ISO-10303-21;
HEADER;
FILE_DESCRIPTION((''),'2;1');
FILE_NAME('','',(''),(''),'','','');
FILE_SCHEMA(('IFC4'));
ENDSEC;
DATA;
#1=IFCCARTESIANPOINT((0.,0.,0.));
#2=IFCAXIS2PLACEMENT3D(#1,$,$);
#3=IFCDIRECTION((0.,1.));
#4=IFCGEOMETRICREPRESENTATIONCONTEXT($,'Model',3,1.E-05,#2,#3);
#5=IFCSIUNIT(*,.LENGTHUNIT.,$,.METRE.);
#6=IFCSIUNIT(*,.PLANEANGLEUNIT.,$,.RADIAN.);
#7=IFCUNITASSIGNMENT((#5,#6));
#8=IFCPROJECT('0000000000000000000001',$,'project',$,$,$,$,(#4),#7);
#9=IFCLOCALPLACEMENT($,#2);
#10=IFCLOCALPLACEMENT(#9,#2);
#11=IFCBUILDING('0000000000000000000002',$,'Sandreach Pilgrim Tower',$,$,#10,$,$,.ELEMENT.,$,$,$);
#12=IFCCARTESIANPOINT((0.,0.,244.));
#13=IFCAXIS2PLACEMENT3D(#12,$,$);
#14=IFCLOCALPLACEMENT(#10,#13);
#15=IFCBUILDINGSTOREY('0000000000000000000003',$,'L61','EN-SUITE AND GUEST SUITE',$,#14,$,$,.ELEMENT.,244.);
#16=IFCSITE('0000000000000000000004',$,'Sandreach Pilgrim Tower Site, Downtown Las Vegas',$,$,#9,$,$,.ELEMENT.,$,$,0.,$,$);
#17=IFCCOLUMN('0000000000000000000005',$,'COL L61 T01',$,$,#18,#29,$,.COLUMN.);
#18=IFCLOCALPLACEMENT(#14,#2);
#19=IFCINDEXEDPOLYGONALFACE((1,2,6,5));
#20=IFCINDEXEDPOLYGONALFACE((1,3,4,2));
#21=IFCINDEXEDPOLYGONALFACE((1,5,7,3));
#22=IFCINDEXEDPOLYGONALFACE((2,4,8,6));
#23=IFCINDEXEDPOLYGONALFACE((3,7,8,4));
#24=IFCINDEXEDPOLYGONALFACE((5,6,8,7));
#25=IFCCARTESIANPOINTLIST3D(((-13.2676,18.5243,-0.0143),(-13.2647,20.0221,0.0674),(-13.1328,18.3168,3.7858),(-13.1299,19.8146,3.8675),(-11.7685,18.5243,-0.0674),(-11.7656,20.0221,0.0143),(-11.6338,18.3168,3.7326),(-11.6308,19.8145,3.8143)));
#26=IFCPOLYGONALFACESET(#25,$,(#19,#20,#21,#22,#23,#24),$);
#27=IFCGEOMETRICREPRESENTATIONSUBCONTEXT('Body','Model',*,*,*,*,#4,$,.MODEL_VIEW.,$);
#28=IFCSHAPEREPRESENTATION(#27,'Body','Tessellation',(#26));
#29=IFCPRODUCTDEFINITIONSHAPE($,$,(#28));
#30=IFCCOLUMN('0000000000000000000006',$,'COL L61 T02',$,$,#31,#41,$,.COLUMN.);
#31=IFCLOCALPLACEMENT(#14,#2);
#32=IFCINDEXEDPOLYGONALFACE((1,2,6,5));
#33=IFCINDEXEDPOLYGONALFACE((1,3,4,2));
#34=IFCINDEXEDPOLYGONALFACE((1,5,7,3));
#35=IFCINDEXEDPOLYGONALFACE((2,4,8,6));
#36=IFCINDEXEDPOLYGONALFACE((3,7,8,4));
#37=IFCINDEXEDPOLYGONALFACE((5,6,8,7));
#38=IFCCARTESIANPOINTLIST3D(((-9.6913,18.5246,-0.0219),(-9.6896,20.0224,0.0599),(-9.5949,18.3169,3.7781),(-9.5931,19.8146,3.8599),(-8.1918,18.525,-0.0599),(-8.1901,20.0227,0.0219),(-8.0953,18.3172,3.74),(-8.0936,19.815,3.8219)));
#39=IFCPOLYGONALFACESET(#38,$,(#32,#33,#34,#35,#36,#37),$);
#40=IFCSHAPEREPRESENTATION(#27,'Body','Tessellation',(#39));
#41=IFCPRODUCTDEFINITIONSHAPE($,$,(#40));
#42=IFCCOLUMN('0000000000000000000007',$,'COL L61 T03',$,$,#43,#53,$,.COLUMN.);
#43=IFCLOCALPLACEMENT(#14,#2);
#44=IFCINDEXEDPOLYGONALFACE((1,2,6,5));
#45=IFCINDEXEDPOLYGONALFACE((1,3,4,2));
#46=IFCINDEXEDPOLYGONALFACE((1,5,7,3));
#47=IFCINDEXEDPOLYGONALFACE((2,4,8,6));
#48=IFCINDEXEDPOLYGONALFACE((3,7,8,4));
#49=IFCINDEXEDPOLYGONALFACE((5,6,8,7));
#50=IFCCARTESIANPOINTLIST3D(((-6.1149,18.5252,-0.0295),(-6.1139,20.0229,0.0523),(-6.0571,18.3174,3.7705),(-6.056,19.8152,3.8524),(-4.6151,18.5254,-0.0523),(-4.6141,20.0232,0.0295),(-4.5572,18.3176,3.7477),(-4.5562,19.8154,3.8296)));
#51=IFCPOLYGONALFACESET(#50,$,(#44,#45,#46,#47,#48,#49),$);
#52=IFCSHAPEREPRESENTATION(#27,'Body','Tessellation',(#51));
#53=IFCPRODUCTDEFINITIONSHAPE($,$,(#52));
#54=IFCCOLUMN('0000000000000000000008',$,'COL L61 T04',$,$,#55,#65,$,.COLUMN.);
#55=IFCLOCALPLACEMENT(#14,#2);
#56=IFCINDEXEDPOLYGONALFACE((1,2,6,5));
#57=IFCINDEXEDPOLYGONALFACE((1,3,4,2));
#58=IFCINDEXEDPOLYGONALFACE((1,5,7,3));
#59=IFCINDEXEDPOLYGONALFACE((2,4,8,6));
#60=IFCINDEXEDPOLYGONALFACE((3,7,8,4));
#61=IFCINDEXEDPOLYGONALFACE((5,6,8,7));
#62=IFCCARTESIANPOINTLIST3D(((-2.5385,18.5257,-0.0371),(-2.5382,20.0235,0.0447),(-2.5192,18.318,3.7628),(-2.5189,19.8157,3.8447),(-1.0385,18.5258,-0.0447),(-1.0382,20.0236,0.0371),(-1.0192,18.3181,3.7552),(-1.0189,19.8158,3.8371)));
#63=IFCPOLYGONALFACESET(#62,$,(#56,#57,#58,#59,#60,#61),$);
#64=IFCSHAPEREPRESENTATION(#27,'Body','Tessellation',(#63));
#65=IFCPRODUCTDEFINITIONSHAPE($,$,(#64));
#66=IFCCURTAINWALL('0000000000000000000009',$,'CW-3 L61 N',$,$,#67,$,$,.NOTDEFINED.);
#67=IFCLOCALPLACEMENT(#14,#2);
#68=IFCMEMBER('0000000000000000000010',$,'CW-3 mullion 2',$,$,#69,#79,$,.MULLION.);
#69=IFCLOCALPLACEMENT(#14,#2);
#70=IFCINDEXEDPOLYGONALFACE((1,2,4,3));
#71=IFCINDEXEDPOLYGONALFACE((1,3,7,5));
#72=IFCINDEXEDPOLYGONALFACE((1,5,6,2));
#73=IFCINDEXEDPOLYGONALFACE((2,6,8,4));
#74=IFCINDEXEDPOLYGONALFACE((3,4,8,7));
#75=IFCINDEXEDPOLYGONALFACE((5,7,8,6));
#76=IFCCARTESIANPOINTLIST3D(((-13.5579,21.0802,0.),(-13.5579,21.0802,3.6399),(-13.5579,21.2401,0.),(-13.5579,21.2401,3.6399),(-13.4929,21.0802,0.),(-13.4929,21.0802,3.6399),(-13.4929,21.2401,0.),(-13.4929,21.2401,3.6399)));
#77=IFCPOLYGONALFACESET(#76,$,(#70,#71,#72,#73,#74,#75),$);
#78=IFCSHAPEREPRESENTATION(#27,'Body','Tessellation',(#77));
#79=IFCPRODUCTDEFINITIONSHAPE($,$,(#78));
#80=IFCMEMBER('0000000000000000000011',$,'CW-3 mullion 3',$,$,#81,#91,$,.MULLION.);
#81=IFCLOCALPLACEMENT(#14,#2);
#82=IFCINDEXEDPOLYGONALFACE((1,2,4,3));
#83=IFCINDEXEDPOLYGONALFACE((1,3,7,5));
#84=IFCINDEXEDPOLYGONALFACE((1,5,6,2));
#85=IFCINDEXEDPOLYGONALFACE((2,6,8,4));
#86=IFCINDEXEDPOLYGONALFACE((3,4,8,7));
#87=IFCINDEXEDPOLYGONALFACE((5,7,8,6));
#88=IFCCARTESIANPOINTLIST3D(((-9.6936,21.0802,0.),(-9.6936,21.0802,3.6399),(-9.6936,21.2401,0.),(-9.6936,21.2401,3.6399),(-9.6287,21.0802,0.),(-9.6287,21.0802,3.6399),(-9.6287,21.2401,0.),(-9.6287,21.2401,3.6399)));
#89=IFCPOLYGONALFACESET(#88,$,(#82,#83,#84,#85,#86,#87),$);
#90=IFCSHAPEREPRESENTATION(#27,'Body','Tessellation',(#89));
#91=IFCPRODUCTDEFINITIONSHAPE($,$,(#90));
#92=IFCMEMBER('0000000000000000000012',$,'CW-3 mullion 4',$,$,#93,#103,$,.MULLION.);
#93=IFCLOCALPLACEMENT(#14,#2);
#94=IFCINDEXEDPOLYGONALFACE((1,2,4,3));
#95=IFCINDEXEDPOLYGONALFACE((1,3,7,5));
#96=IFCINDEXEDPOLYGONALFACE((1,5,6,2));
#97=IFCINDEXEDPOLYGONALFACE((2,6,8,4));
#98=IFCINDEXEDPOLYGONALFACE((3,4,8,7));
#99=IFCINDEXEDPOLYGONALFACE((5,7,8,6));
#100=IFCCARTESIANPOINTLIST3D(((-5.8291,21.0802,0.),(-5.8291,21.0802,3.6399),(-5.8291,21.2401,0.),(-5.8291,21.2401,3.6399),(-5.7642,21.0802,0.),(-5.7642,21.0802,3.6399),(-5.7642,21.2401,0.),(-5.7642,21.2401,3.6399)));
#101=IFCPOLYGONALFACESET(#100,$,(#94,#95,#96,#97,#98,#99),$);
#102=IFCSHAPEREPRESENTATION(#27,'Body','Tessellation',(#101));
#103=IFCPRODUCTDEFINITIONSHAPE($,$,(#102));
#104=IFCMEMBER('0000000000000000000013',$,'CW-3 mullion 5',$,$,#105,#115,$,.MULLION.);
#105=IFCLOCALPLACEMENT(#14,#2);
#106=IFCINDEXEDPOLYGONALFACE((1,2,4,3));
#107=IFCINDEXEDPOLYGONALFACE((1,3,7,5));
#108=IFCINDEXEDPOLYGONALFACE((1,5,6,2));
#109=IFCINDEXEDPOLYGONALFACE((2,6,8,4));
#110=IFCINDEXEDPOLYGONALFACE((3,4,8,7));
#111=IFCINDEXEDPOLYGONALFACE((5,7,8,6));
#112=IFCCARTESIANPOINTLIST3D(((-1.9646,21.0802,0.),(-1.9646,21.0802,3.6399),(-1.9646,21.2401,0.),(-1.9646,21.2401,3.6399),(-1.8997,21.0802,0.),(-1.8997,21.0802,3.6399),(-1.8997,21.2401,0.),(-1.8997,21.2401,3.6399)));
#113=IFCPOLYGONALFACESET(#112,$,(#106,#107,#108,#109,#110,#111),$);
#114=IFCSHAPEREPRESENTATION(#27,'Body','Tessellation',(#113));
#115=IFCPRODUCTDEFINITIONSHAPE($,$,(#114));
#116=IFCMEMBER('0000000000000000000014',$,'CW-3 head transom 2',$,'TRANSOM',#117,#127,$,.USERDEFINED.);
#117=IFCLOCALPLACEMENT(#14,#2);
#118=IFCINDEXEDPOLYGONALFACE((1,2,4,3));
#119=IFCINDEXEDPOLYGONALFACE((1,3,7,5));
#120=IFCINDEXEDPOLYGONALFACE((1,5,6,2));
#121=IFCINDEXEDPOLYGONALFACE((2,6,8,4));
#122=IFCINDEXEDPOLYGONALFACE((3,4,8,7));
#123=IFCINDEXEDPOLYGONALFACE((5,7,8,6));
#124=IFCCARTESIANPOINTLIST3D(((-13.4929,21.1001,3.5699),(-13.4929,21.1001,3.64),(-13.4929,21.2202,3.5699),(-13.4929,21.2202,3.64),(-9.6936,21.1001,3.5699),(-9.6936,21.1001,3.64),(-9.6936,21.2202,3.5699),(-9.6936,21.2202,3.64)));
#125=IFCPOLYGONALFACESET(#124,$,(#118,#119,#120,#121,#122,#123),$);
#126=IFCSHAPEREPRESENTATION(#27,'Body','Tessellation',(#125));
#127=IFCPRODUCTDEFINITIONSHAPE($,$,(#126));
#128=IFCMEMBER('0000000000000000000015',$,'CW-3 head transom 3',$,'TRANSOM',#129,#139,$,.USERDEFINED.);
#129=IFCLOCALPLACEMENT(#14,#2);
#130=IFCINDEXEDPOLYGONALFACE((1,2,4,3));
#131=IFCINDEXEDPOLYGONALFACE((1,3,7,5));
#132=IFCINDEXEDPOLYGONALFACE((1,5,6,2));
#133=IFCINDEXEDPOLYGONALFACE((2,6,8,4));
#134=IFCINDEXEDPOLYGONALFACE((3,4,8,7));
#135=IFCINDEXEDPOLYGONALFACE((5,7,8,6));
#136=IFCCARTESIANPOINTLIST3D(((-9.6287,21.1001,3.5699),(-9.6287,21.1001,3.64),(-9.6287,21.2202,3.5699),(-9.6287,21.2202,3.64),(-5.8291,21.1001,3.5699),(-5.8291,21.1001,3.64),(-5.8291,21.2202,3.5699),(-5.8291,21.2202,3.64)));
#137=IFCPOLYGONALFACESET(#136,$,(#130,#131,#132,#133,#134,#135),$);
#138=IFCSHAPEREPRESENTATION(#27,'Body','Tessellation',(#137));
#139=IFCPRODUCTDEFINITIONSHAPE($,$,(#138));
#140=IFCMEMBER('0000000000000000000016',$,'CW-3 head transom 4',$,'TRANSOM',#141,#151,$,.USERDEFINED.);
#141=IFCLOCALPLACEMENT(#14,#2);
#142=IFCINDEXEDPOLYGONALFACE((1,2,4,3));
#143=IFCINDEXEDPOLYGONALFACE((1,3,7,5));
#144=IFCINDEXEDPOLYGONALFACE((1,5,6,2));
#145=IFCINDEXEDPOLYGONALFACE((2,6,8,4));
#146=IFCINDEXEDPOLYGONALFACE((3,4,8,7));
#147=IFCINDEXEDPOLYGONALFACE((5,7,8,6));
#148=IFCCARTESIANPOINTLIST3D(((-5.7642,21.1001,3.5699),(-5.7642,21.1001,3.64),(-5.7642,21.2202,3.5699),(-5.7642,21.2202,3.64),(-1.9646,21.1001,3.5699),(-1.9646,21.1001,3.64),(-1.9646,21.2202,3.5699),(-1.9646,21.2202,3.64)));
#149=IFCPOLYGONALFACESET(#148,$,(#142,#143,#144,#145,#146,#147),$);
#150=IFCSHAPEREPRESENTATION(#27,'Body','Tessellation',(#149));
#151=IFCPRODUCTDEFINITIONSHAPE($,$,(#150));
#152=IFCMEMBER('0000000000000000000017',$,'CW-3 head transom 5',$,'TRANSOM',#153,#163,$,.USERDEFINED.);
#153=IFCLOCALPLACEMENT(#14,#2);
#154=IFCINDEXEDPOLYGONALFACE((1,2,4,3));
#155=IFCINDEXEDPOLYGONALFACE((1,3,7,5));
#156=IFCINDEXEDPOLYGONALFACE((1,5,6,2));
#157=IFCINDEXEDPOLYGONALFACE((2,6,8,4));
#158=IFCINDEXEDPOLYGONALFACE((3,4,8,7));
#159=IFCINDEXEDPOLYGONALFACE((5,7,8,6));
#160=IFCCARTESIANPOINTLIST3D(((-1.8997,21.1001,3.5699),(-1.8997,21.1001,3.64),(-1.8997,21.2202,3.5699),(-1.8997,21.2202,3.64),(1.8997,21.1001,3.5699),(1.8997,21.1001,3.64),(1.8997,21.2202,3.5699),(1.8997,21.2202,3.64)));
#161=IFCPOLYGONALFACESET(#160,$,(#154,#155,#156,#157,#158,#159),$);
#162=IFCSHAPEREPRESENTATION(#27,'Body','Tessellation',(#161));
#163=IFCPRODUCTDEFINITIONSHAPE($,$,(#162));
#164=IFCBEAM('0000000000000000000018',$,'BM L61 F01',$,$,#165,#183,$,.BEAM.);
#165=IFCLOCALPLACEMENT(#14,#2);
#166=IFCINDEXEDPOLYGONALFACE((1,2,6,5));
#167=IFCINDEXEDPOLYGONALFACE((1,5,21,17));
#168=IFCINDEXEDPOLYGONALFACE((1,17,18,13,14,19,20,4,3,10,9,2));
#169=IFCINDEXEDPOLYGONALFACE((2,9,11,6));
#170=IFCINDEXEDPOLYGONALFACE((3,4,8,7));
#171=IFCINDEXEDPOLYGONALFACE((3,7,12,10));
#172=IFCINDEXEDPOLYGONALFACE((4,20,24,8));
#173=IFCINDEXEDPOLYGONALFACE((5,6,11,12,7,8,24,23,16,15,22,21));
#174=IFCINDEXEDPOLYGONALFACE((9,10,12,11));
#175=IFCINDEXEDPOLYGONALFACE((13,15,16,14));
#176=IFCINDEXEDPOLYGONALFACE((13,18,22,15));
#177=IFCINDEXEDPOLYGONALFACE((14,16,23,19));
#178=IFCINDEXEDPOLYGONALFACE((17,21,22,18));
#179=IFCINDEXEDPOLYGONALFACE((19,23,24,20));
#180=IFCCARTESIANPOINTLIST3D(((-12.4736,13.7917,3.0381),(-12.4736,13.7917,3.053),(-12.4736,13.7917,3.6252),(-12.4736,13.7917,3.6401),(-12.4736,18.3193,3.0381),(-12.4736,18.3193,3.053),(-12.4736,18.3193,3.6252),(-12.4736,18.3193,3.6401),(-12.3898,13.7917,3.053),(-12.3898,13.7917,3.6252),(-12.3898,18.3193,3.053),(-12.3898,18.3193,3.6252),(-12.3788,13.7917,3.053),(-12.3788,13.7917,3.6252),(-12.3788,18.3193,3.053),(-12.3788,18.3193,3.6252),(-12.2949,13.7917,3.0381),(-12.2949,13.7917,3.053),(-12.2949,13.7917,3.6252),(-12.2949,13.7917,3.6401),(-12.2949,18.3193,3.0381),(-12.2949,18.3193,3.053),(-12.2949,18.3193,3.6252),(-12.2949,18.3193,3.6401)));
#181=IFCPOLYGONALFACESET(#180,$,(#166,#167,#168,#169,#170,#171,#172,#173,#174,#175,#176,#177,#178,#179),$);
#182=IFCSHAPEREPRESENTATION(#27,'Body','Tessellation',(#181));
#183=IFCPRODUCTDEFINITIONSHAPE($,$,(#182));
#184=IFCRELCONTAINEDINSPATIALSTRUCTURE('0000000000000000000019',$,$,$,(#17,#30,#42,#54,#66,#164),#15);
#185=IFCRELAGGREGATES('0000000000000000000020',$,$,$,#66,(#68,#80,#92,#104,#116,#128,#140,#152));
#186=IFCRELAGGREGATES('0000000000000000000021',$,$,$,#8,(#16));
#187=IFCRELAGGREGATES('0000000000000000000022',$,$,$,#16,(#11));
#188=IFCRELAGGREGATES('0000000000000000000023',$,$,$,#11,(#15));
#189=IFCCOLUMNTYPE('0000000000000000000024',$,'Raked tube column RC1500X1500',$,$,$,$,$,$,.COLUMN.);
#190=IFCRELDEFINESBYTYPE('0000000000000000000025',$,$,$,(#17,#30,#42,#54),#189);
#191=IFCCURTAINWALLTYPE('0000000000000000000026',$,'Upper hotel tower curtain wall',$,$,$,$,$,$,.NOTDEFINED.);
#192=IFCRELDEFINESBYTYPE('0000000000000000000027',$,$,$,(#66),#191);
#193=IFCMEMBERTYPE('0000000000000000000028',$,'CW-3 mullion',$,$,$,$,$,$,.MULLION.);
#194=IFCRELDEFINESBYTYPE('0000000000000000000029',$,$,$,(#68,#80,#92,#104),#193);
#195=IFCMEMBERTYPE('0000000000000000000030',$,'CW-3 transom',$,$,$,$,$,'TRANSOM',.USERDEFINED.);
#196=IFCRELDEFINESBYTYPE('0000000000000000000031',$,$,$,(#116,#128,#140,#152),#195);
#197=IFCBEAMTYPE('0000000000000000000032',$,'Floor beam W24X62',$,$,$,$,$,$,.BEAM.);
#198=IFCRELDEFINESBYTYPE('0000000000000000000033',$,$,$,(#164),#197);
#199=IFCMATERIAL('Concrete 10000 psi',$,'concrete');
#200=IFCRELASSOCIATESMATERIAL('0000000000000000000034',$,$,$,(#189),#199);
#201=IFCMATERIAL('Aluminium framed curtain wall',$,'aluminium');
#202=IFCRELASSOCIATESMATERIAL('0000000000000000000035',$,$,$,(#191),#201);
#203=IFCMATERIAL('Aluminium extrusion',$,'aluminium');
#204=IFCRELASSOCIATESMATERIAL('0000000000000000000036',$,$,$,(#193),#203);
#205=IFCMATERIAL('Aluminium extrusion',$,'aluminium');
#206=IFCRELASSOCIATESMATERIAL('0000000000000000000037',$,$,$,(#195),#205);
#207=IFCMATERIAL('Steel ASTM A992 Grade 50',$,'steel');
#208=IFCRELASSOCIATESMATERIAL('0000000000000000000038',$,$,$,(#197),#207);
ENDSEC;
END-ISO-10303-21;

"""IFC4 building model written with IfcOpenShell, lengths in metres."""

from ifc_helpers import new_model, si_unit, direction, frame, origin, origin_2d, place, context, subcontext, project, spatial, rectangle, i_section, extrude, material, material_profile, profile_set, type_object, element, aggregate, save


model = new_model("IFC4")

# Units and contexts
model_context = context("Model", 3, precision=1e-05, world=origin(), true_north=direction((0.0, 1.0)))
body_context = subcontext(model_context, "Body", "Model", "MODEL_VIEW")
ifc_project = project(units=[si_unit("LENGTHUNIT", "METRE"), si_unit("PLANEANGLEUNIT", "RADIAN")], contexts=[model_context])

# Site, building, storey
site_placement = place(None, origin())
site = spatial("IfcSite", under=ifc_project, at=site_placement, Name="Sandreach Pilgrim Tower Site, Downtown Las Vegas", CompositionType="ELEMENT", RefElevation=0.0)
building_placement = place(site_placement, origin())
building = spatial("IfcBuilding", under=site, at=building_placement, Name="Sandreach Pilgrim Tower", CompositionType="ELEMENT")
storey_placement = place(building_placement, frame((0.0, 0.0, 244.0)))
storey = spatial("IfcBuildingStorey", under=building, at=storey_placement, Name="L61", Description="EN-SUITE AND GUEST SUITE", CompositionType="ELEMENT", Elevation=244.0)

# Columns
ifc_material_1 = material(Name="Concrete 10000 psi", Category="concrete")
ifc_material_profile_1 = material_profile(ifc_material_1, rectangle(XDim=1.5, YDim=1.5, at=origin_2d()), Name="RC1500X1500")
ifc_profile_set_1 = profile_set([ifc_material_profile_1], Name="Concrete 10000 psi")
column_type = type_object("IfcColumnType", Name="Raked tube column RC1500X1500", PredefinedType="COLUMN", material=ifc_profile_set_1)
column_1_placement = place(storey_placement, frame((-12.5166, 19.2732, 0.0), z_axis=(0.035389, -0.054494, 0.997887), x_axis=(0.001945, 0.998514, 0.05446)))
element("IfcColumn", 1, at=column_1_placement, inside=storey, type_object=column_type, Name="COL L61 T01", PredefinedType="COLUMN", context=body_context, shape_type="SweptSolid", body=[
    extrude(rectangle(XDim=1.5, YDim=1.5, at=origin_2d()), origin(), (0.0, 0.0, 1.0), 3.8081),
])
column_2_placement = place(storey_placement, frame((-8.9407, 19.2737, 0.0), z_axis=(0.025331, -0.054575, 0.998188), x_axis=(0.001152, 0.99851, 0.054563)))
element("IfcColumn", 2, at=column_2_placement, inside=storey, type_object=column_type, Name="COL L61 T02", PredefinedType="COLUMN", context=body_context, shape_type="SweptSolid", body=[
    extrude(rectangle(XDim=1.5, YDim=1.5, at=origin_2d()), origin(), (0.0, 0.0, 1.0), 3.8069),
])
column_3_placement = place(storey_placement, frame((-5.3645, 19.2742, 0.0), z_axis=(0.015202, -0.054586, 0.998393), x_axis=(0.000674, 0.998509, 0.054582)))
element("IfcColumn", 3, at=column_3_placement, inside=storey, type_object=column_type, Name="COL L61 T03", PredefinedType="COLUMN", context=body_context, shape_type="SweptSolid", body=[
    extrude(rectangle(XDim=1.5, YDim=1.5, at=origin_2d()), origin(), (0.0, 0.0, 1.0), 3.8062),
])
column_4_placement = place(storey_placement, frame((-1.7883, 19.2747, 0.0), z_axis=(0.005068, -0.054592, 0.998496), x_axis=(0.000221, 0.998509, 0.054591)))
element("IfcColumn", 4, at=column_4_placement, inside=storey, type_object=column_type, Name="COL L61 T04", PredefinedType="COLUMN", context=body_context, shape_type="SweptSolid", body=[
    extrude(rectangle(XDim=1.5, YDim=1.5, at=origin_2d()), origin(), (0.0, 0.0, 1.0), 3.8057),
])

# Curtain wall, members
ifc_material_2 = material(Name="Aluminium framed curtain wall", Category="aluminium")
curtain_wall_type = type_object("IfcCurtainWallType", Name="Upper hotel tower curtain wall", PredefinedType="NOTDEFINED", material=ifc_material_2)
curtain_wall_placement = place(storey_placement, origin())
curtain_wall = element("IfcCurtainWall", 5, at=curtain_wall_placement, inside=storey, type_object=curtain_wall_type, Name="CW-3 L61 N", PredefinedType="NOTDEFINED")
ifc_material_3 = material(Name="Aluminium extrusion", Category="aluminium")
ifc_material_profile_2 = material_profile(ifc_material_3, rectangle(XDim=0.0649, YDim=0.1599, at=origin_2d()), Name="CW-3M 65X160")
ifc_profile_set_2 = profile_set([ifc_material_profile_2], Name="Aluminium extrusion")
member_type_1 = type_object("IfcMemberType", Name="CW-3 mullion", PredefinedType="MULLION", material=ifc_profile_set_2)
member_1_placement = place(storey_placement, frame((-13.5254, 21.1602, 0.0), z_axis=(0.0, 0.0, 1.0), x_axis=(1.0, 0.0, 0.0)))
member_1 = element("IfcMember", 6, at=member_1_placement, type_object=member_type_1, Name="CW-3 mullion 2", PredefinedType="MULLION", context=body_context, shape_type="SweptSolid", body=[
    extrude(rectangle(XDim=0.0649, YDim=0.1599, at=origin_2d()), origin(), (0.0, 0.0, 1.0), 3.6399),
])
member_2_placement = place(storey_placement, frame((-9.6611, 21.1602, 0.0), z_axis=(0.0, 0.0, 1.0), x_axis=(1.0, 0.0, 0.0)))
member_2 = element("IfcMember", 7, at=member_2_placement, type_object=member_type_1, Name="CW-3 mullion 3", PredefinedType="MULLION", context=body_context, shape_type="SweptSolid", body=[
    extrude(rectangle(XDim=0.0649, YDim=0.1599, at=origin_2d()), origin(), (0.0, 0.0, 1.0), 3.6399),
])
member_3_placement = place(storey_placement, frame((-5.7966, 21.1602, 0.0), z_axis=(0.0, 0.0, 1.0), x_axis=(1.0, 0.0, 0.0)))
member_3 = element("IfcMember", 8, at=member_3_placement, type_object=member_type_1, Name="CW-3 mullion 4", PredefinedType="MULLION", context=body_context, shape_type="SweptSolid", body=[
    extrude(rectangle(XDim=0.0649, YDim=0.1599, at=origin_2d()), origin(), (0.0, 0.0, 1.0), 3.6399),
])
member_4_placement = place(storey_placement, frame((-1.9321, 21.1602, 0.0), z_axis=(0.0, 0.0, 1.0), x_axis=(1.0, 0.0, 0.0)))
member_4 = element("IfcMember", 9, at=member_4_placement, type_object=member_type_1, Name="CW-3 mullion 5", PredefinedType="MULLION", context=body_context, shape_type="SweptSolid", body=[
    extrude(rectangle(XDim=0.0649, YDim=0.1599, at=origin_2d()), origin(), (0.0, 0.0, 1.0), 3.6399),
])
ifc_material_4 = material(Name="Aluminium extrusion", Category="aluminium")
ifc_material_profile_3 = material_profile(ifc_material_4, rectangle(XDim=0.1201, YDim=0.0701, at=origin_2d()), Name="CW-3T 120X70")
ifc_profile_set_3 = profile_set([ifc_material_profile_3], Name="Aluminium extrusion")
member_type_2 = type_object("IfcMemberType", Name="CW-3 transom", ElementType="TRANSOM", PredefinedType="USERDEFINED", material=ifc_profile_set_3)
member_5_placement = place(storey_placement, frame((-13.4929, 21.1602, 3.605), z_axis=(1.0, 0.0, 0.0), x_axis=(0.0, 1.0, 0.0)))
member_5 = element("IfcMember", 10, at=member_5_placement, type_object=member_type_2, Name="CW-3 head transom 2", ObjectType="TRANSOM", PredefinedType="USERDEFINED", context=body_context, shape_type="SweptSolid", body=[
    extrude(rectangle(XDim=0.1201, YDim=0.0701, at=origin_2d()), origin(), (0.0, 0.0, 1.0), 3.7993),
])
member_6_placement = place(storey_placement, frame((-9.6287, 21.1602, 3.605), z_axis=(1.0, 0.0, 0.0), x_axis=(0.0, 1.0, 0.0)))
member_6 = element("IfcMember", 11, at=member_6_placement, type_object=member_type_2, Name="CW-3 head transom 3", ObjectType="TRANSOM", PredefinedType="USERDEFINED", context=body_context, shape_type="SweptSolid", body=[
    extrude(rectangle(XDim=0.1201, YDim=0.0701, at=origin_2d()), origin(), (0.0, 0.0, 1.0), 3.7996),
])
member_7_placement = place(storey_placement, frame((-5.7642, 21.1602, 3.605), z_axis=(1.0, 0.0, 0.0), x_axis=(0.0, 1.0, 0.0)))
member_7 = element("IfcMember", 12, at=member_7_placement, type_object=member_type_2, Name="CW-3 head transom 4", ObjectType="TRANSOM", PredefinedType="USERDEFINED", context=body_context, shape_type="SweptSolid", body=[
    extrude(rectangle(XDim=0.1201, YDim=0.0701, at=origin_2d()), origin(), (0.0, 0.0, 1.0), 3.7996),
])
member_8_placement = place(storey_placement, frame((-1.8997, 21.1602, 3.605), z_axis=(1.0, 0.0, 0.0), x_axis=(0.0, 1.0, 0.0)))
member_8 = element("IfcMember", 13, at=member_8_placement, type_object=member_type_2, Name="CW-3 head transom 5", ObjectType="TRANSOM", PredefinedType="USERDEFINED", context=body_context, shape_type="SweptSolid", body=[
    extrude(rectangle(XDim=0.1201, YDim=0.0701, at=origin_2d()), origin(), (0.0, 0.0, 1.0), 3.7993),
])

# Beam
ifc_material_5 = material(Name="Steel ASTM A992 Grade 50", Category="steel")
ifc_material_profile_4 = material_profile(ifc_material_5, i_section(OverallWidth=0.1787, OverallDepth=0.6021, WebThickness=0.011, FlangeThickness=0.0149, at=origin_2d()), Name="W24X62")
ifc_profile_set_4 = profile_set([ifc_material_profile_4], Name="Steel ASTM A992 Grade 50")
beam_type_1 = type_object("IfcBeamType", Name="Floor beam W24X62", PredefinedType="BEAM", material=ifc_profile_set_4)
beam_1_placement = place(storey_placement, frame((-12.3843, 18.3193, 3.3391), z_axis=(0.0, -1.0, 0.0), x_axis=(1.0, 0.0, 0.0)))
element("IfcBeam", 14, at=beam_1_placement, inside=storey, type_object=beam_type_1, Name="BM L61 F01", PredefinedType="BEAM", context=body_context, shape_type="SweptSolid", body=[
    extrude(i_section(OverallWidth=0.1787, OverallDepth=0.6021, WebThickness=0.011, FlangeThickness=0.0149, at=origin_2d()), origin(), (0.0, 0.0, 1.0), 4.5276),
])

aggregate(curtain_wall, [member_1, member_2, member_3, member_4, member_5, member_6, member_7, member_8])

save(model, "model.ifc")
